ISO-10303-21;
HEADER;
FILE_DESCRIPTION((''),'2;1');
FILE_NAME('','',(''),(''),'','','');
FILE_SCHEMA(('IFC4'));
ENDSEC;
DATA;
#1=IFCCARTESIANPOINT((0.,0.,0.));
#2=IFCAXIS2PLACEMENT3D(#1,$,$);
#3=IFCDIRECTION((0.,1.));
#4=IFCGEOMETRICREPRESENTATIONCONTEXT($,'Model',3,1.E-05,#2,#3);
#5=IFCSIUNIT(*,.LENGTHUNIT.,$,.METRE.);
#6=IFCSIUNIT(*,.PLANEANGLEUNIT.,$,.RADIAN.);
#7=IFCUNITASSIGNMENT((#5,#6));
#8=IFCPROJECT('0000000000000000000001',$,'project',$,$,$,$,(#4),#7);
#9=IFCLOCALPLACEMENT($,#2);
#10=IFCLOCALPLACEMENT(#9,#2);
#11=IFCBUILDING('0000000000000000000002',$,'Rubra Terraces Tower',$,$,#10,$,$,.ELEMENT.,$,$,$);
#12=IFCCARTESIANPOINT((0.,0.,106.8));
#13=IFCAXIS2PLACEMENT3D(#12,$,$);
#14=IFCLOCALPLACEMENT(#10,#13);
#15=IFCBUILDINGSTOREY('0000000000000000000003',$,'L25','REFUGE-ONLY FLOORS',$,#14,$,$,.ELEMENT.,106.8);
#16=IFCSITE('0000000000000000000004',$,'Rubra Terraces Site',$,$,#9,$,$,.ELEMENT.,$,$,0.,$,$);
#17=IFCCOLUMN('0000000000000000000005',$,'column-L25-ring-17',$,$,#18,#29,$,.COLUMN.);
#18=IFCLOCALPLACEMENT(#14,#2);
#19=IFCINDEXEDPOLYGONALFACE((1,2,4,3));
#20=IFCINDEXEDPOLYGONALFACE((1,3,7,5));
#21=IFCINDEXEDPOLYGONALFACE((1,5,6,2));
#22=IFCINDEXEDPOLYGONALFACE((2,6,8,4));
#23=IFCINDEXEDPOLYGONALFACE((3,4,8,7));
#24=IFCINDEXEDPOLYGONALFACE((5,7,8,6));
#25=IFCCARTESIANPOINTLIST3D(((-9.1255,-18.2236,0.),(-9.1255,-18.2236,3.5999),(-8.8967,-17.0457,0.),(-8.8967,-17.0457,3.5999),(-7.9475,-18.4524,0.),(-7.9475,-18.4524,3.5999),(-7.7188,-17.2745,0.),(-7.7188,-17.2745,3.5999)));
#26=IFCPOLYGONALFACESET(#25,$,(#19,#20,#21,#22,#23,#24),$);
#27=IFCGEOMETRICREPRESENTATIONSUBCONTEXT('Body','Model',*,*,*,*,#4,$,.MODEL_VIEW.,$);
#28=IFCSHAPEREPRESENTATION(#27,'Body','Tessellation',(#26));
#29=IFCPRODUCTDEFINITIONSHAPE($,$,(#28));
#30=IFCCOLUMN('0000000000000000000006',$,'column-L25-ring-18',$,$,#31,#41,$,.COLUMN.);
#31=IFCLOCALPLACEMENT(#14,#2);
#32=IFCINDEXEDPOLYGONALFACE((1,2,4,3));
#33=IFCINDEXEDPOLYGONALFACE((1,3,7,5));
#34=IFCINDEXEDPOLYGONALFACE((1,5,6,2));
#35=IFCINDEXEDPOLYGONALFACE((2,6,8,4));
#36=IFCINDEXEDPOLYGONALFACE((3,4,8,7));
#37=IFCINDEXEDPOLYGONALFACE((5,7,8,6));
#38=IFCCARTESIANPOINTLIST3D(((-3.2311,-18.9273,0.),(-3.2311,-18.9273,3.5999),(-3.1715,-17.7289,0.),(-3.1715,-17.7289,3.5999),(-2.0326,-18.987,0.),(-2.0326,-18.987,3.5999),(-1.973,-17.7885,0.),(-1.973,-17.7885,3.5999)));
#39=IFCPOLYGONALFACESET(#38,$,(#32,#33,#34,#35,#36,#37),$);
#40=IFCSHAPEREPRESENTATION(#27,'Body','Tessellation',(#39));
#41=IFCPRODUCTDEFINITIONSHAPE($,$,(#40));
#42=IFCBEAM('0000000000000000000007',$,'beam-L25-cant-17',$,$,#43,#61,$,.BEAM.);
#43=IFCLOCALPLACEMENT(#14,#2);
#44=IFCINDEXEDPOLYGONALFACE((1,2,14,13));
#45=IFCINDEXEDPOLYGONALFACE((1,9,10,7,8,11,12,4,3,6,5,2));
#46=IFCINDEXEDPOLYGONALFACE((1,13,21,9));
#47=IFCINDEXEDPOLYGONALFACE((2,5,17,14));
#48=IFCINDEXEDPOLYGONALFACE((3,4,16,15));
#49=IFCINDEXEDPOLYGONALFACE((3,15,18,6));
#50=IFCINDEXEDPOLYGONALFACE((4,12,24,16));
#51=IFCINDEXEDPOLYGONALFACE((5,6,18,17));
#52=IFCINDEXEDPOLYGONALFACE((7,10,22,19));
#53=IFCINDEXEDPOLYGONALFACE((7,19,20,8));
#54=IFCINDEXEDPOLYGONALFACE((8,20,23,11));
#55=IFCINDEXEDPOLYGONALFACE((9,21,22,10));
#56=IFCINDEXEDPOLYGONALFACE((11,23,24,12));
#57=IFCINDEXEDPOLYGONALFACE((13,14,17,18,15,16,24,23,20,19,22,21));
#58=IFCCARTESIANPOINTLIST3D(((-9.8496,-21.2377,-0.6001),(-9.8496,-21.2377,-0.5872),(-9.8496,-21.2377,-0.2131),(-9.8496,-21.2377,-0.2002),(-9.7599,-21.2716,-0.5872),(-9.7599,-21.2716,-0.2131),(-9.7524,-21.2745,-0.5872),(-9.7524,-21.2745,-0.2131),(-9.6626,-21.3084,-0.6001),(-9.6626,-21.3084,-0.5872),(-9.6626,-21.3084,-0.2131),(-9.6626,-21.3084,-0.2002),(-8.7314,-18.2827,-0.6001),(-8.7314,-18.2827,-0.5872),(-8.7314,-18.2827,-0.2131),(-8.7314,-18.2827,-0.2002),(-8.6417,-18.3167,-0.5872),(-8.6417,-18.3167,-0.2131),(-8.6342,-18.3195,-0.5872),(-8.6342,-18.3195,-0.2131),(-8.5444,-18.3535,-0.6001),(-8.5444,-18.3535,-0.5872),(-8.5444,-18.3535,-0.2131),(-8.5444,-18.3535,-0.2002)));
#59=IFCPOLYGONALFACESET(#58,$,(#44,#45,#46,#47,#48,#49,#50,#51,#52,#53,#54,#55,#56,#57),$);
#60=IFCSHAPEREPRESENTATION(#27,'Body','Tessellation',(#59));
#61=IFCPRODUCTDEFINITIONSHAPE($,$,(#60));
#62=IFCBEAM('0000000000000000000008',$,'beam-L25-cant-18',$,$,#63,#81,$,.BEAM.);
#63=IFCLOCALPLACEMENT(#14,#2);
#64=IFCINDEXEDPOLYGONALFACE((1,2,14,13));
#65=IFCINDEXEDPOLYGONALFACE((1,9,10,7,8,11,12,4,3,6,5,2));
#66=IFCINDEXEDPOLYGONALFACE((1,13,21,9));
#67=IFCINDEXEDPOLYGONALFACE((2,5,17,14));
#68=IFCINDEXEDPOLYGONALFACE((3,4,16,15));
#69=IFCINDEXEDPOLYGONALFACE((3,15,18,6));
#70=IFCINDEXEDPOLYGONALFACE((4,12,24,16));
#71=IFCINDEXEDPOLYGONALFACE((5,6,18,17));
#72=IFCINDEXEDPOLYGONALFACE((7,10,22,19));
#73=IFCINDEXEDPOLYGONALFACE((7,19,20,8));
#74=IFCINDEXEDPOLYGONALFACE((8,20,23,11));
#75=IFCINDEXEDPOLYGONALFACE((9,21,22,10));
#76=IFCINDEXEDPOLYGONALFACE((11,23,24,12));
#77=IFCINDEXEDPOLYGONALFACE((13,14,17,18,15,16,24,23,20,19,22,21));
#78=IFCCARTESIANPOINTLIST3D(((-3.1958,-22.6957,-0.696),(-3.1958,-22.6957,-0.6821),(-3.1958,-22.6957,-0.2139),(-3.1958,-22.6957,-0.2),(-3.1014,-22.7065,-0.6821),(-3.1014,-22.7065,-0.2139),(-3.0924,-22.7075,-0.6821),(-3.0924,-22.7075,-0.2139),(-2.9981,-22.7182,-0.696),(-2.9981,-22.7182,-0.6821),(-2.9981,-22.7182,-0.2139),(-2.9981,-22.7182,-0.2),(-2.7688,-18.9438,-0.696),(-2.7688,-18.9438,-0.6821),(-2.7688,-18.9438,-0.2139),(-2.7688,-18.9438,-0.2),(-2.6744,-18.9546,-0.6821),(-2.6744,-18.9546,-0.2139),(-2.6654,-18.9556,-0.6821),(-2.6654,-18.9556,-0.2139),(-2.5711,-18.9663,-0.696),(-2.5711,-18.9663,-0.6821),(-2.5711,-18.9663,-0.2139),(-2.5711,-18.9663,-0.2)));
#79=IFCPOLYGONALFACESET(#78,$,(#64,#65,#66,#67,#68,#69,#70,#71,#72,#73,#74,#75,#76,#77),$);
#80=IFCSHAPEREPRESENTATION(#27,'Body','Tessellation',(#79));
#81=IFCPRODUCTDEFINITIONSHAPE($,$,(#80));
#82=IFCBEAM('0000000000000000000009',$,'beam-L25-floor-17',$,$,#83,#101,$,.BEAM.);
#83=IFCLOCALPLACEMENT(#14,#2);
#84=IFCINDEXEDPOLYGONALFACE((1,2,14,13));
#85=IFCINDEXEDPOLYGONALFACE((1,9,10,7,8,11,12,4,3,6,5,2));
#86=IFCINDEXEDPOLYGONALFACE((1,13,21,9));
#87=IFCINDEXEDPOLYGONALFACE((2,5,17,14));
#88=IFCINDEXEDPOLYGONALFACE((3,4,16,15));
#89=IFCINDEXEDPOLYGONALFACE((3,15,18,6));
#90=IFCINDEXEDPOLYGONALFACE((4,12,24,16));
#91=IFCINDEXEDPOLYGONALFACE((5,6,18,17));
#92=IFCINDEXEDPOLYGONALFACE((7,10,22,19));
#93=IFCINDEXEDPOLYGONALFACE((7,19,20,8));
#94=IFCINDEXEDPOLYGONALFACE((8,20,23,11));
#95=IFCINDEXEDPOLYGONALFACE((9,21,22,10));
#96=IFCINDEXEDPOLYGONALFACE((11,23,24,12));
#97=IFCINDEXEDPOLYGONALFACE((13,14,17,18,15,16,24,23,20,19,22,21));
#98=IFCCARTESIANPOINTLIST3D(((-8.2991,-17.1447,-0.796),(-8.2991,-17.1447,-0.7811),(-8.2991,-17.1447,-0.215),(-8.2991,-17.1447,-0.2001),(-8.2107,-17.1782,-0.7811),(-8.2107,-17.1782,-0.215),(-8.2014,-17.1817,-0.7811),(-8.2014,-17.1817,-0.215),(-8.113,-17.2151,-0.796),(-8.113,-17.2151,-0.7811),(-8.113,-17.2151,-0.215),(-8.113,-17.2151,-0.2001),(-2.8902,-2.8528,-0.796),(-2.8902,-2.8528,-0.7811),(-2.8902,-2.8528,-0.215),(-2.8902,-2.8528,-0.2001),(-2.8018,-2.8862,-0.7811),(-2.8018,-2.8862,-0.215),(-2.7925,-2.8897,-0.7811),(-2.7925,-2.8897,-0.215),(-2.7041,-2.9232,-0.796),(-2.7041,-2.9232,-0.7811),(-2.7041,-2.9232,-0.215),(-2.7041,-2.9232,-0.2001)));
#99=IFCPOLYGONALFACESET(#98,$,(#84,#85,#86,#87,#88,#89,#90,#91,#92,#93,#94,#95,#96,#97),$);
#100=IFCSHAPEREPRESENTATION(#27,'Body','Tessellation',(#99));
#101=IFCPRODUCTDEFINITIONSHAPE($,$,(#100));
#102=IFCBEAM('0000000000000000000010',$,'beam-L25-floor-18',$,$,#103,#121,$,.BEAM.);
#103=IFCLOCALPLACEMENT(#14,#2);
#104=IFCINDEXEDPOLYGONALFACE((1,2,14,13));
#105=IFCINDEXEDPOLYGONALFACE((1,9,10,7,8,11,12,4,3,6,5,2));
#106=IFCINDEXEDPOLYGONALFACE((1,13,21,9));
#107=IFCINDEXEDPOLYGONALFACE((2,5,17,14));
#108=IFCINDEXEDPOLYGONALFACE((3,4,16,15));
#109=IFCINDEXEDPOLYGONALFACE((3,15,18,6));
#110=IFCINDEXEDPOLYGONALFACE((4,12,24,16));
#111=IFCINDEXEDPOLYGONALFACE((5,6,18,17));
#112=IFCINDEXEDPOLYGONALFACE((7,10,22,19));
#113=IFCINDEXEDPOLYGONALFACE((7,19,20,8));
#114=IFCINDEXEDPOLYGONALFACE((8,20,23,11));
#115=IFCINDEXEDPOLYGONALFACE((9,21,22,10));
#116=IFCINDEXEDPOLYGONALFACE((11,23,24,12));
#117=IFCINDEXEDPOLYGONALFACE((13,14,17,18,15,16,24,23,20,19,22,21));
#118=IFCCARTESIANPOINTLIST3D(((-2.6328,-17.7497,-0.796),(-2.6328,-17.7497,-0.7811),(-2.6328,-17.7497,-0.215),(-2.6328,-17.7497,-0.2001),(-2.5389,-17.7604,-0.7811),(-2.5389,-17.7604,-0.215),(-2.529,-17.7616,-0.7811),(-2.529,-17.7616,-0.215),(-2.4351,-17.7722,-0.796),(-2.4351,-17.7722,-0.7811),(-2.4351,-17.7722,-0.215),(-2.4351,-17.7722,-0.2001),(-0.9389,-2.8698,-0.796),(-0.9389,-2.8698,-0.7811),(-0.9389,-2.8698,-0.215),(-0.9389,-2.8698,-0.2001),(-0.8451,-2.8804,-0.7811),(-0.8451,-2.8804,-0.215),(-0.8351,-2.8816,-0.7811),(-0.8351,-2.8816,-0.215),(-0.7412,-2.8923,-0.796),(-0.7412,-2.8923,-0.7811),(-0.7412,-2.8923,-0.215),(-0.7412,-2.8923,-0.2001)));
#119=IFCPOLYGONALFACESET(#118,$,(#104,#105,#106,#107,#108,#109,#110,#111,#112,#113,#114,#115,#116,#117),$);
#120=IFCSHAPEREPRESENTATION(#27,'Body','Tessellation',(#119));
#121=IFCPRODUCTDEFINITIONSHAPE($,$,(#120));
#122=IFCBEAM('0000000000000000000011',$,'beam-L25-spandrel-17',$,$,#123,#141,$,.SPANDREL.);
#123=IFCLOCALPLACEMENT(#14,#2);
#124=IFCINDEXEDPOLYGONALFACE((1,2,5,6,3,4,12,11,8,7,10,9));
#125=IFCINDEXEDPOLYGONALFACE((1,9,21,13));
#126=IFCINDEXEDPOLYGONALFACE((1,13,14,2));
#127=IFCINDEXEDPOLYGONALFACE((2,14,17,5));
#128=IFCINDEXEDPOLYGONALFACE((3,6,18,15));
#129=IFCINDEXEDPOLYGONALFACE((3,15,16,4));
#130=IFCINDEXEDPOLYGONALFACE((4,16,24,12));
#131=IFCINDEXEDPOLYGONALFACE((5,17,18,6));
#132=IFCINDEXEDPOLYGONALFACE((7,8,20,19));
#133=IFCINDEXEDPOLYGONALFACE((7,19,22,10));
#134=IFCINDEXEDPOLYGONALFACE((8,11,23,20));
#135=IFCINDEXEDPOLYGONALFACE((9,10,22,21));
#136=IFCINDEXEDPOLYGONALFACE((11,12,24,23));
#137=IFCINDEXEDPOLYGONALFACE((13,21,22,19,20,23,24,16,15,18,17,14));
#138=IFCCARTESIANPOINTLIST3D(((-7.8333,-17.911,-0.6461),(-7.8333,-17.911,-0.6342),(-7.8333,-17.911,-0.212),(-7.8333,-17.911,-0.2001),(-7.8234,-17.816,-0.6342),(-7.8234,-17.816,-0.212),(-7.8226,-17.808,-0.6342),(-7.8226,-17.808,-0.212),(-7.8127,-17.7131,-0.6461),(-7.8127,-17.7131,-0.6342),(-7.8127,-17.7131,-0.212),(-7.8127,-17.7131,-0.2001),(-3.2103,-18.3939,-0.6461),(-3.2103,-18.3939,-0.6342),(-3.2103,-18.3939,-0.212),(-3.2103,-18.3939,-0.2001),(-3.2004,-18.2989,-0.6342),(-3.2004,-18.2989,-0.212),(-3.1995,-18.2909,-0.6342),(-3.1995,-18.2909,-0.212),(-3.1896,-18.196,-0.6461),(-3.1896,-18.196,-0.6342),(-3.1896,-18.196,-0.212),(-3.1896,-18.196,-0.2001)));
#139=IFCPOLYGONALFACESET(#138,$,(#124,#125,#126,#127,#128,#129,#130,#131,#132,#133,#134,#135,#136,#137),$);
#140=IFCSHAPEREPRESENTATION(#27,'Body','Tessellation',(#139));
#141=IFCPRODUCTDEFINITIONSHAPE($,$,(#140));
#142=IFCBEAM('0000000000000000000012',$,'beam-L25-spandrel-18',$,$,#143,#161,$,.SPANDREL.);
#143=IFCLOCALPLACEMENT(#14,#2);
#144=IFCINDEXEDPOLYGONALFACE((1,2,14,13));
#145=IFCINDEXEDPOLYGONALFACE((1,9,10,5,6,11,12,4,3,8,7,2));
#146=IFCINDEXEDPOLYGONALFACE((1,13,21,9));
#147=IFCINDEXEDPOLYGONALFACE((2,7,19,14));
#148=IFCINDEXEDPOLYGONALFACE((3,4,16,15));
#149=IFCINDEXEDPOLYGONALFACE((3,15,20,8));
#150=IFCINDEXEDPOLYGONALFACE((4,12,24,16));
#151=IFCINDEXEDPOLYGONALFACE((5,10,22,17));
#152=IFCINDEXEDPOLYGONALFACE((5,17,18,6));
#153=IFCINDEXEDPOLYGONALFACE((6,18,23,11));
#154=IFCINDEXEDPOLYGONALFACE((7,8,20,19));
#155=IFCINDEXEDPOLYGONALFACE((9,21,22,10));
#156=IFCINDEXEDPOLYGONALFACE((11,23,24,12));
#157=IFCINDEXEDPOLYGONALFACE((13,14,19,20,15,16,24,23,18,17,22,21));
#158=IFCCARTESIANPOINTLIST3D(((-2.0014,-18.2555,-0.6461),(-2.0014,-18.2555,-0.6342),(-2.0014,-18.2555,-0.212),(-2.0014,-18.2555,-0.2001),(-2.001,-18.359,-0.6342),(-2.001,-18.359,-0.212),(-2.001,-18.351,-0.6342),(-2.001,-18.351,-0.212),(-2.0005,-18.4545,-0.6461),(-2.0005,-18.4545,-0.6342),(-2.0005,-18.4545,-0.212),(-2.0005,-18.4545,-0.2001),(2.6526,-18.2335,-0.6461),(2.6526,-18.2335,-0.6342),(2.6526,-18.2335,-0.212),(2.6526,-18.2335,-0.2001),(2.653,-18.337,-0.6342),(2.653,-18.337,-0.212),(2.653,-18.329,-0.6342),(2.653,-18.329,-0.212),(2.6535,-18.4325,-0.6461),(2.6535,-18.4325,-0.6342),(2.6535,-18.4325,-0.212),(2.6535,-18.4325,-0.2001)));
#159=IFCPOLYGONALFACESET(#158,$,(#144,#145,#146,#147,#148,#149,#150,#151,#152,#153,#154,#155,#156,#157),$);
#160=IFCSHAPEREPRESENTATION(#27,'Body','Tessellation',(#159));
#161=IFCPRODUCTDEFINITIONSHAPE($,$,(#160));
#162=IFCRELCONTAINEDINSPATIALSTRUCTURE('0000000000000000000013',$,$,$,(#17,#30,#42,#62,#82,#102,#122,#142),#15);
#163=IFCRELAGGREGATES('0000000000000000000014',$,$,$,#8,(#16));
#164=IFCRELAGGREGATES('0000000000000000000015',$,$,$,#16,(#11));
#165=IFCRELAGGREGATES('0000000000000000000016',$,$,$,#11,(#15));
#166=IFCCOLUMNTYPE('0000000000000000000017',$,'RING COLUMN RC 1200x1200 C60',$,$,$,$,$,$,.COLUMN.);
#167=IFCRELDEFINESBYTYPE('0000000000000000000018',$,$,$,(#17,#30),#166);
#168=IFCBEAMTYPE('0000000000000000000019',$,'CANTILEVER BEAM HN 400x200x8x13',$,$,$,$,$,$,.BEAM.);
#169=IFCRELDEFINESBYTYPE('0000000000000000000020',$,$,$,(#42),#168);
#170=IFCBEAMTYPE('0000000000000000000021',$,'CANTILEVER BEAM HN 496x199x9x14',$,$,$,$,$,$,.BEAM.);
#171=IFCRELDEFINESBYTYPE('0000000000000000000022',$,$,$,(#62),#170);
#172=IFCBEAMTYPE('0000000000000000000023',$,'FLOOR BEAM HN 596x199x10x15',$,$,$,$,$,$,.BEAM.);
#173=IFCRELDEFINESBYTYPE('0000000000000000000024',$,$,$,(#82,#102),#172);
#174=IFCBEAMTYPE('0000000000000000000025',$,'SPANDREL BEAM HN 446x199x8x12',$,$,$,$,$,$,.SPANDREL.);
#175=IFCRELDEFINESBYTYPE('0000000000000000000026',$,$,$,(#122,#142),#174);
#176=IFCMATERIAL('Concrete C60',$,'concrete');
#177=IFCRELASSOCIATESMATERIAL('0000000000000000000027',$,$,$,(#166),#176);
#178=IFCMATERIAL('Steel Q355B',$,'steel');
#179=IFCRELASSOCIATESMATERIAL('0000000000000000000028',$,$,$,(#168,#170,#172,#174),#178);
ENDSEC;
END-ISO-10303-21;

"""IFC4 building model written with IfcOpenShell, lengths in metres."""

from ifc_helpers import new_model, si_unit, direction, frame, origin, origin_2d, place, context, subcontext, project, spatial, rectangle, i_section, extrude, material, material_profile, profile_set, type_object, element, save


model = new_model("IFC4")

# Units and contexts
model_context = context("Model", 3, precision=1e-05, world=origin(), true_north=direction((0.0, 1.0)))
body_context = subcontext(model_context, "Body", "Model", "MODEL_VIEW")
ifc_project = project(units=[si_unit("LENGTHUNIT", "METRE"), si_unit("PLANEANGLEUNIT", "RADIAN")], contexts=[model_context])

# Site, building, storey
site_placement = place(None, origin())
site = spatial("IfcSite", under=ifc_project, at=site_placement, Name="Rubra Terraces Site", CompositionType="ELEMENT", RefElevation=0.0)
building_placement = place(site_placement, origin())
building = spatial("IfcBuilding", under=site, at=building_placement, Name="Rubra Terraces Tower", CompositionType="ELEMENT")
storey_placement = place(building_placement, frame((0.0, 0.0, 106.8)))
storey = spatial("IfcBuildingStorey", under=building, at=storey_placement, Name="L25", Description="REFUGE-ONLY FLOORS", CompositionType="ELEMENT", Elevation=106.8)

# Columns
ifc_material_1 = material(Name="Concrete C60", Category="concrete")
ifc_material_profile_1 = material_profile(ifc_material_1, rectangle(XDim=1.2, YDim=1.2, at=origin_2d()), Name="RC 1200x1200")
ifc_profile_set_1 = profile_set([ifc_material_profile_1], Name="Concrete C60")
column_type = type_object("IfcColumnType", Name="RING COLUMN RC 1200x1200 C60", PredefinedType="COLUMN", material=ifc_profile_set_1)
for number, where, z_axis, x_axis, name in (
    (1, (-8.4221, -17.749, 0.0), (0.0, 0.0, 1.0), (0.981655, -0.190668, 0.0), "column-L25-ring-17"),
    (2, (-2.6021, -18.3579, 0.0), (0.0, 0.0, 1.0), (0.998764, -0.049699, 0.0), "column-L25-ring-18"),
):
    element("IfcColumn", number, at=place(storey_placement, frame(where, z_axis=z_axis, x_axis=x_axis)), inside=storey, type_object=column_type, Name=name, PredefinedType="COLUMN", context=body_context, shape_type="SweptSolid", body=[
        extrude(rectangle(XDim=1.2, YDim=1.2, at=origin_2d()), origin(), (0.0, 0.0, 1.0), 3.5999),
    ])

# Beams
ifc_material_2 = material(Name="Steel Q355B", Category="steel")
ifc_material_profile_2 = material_profile(ifc_material_2, i_section(OverallWidth=0.2, OverallDepth=0.3999, WebThickness=0.0081, FlangeThickness=0.0129, at=origin_2d()), Name="HN 400x200x8x13")
ifc_profile_set_2 = profile_set([ifc_material_profile_2], Name="Steel Q355B")
beam_type_1 = type_object("IfcBeamType", Name="CANTILEVER BEAM HN 400x200x8x13", PredefinedType="BEAM", material=ifc_profile_set_2)
beam_1_placement = place(storey_placement, frame((-8.6379, -18.3181, -0.4001), z_axis=(-0.353925, -0.935274, 0.0), x_axis=(0.935274, -0.353925, 0.0)))
element("IfcBeam", 3, at=beam_1_placement, inside=storey, type_object=beam_type_1, Name="beam-L25-cant-17", PredefinedType="BEAM", context=body_context, shape_type="SweptSolid", body=[
    extrude(i_section(OverallWidth=0.2, OverallDepth=0.3999, WebThickness=0.0081, FlangeThickness=0.0129, at=origin_2d()), origin(), (0.0, 0.0, 1.0), 3.1594),
])
ifc_material_profile_3 = material_profile(ifc_material_2, i_section(OverallWidth=0.199, OverallDepth=0.4961, WebThickness=0.009, FlangeThickness=0.0139, at=origin_2d()), Name="HN 496x199x9x14")
ifc_profile_set_3 = profile_set([ifc_material_profile_3], Name="Steel Q355B")
beam_type_2 = type_object("IfcBeamType", Name="CANTILEVER BEAM HN 496x199x9x14", PredefinedType="BEAM", material=ifc_profile_set_3)
beam_2_placement = place(storey_placement, frame((-2.6699, -18.9551, -0.448), z_axis=(-0.113078, -0.993586, 0.0), x_axis=(0.993586, -0.113078, 0.0)))
element("IfcBeam", 4, at=beam_2_placement, inside=storey, type_object=beam_type_2, Name="beam-L25-cant-18", PredefinedType="BEAM", context=body_context, shape_type="SweptSolid", body=[
    extrude(i_section(OverallWidth=0.199, OverallDepth=0.4961, WebThickness=0.009, FlangeThickness=0.0139, at=origin_2d()), origin(), (0.0, 0.0, 1.0), 3.7761),
])
ifc_material_profile_4 = material_profile(ifc_material_2, i_section(OverallWidth=0.199, OverallDepth=0.5959, WebThickness=0.01, FlangeThickness=0.0149, at=origin_2d()), Name="HN 596x199x10x15")
ifc_profile_set_4 = profile_set([ifc_material_profile_4], Name="Steel Q355B")
beam_type_3 = type_object("IfcBeamType", Name="FLOOR BEAM HN 596x199x10x15", PredefinedType="BEAM", material=ifc_profile_set_4)
beam_3_placement = place(storey_placement, frame((-8.2061, -17.1799, -0.498), z_axis=(0.353958, 0.935261, 0.0), x_axis=(-0.935261, 0.353958, 0.0)))
element("IfcBeam", 5, at=beam_3_placement, inside=storey, type_object=beam_type_3, Name="beam-L25-floor-17", PredefinedType="BEAM", context=body_context, shape_type="SweptSolid", body=[
    extrude(i_section(OverallWidth=0.199, OverallDepth=0.5959, WebThickness=0.01, FlangeThickness=0.0149, at=origin_2d()), origin(), (0.0, 0.0, 1.0), 15.2812),
])
beam_4_placement = place(storey_placement, frame((-2.5339, -17.761, -0.498), z_axis=(0.113104, 0.993583, 0.0), x_axis=(-0.993583, 0.113104, 0.0)))
element("IfcBeam", 6, at=beam_4_placement, inside=storey, type_object=beam_type_3, Name="beam-L25-floor-18", PredefinedType="BEAM", context=body_context, shape_type="SweptSolid", body=[
    extrude(i_section(OverallWidth=0.199, OverallDepth=0.5959, WebThickness=0.01, FlangeThickness=0.0149, at=origin_2d()), origin(), (0.0, 0.0, 1.0), 14.9761),
])
ifc_material_profile_5 = material_profile(ifc_material_2, i_section(OverallWidth=0.199, OverallDepth=0.446, WebThickness=0.0081, FlangeThickness=0.012, at=origin_2d()), Name="HN 446x199x8x12")
ifc_profile_set_5 = profile_set([ifc_material_profile_5], Name="Steel Q355B")
beam_type_4 = type_object("IfcBeamType", Name="SPANDREL BEAM HN 446x199x8x12", PredefinedType="SPANDREL", material=ifc_profile_set_5)
beam_5_placement = place(storey_placement, frame((-7.823, -17.812, -0.4231), z_axis=(0.994589, -0.103892, 0.0), x_axis=(0.103892, 0.994589, 0.0)))
element("IfcBeam", 7, at=beam_5_placement, inside=storey, type_object=beam_type_4, Name="beam-L25-spandrel-17", PredefinedType="SPANDREL", context=body_context, shape_type="SweptSolid", body=[
    extrude(i_section(OverallWidth=0.199, OverallDepth=0.446, WebThickness=0.0081, FlangeThickness=0.012, at=origin_2d()), origin(), (0.0, 0.0, 1.0), 4.6482),
])
beam_6_placement = place(storey_placement, frame((-2.001, -18.355, -0.4231), z_axis=(0.999989, 0.004721, 0.0), x_axis=(-0.004721, 0.999989, 0.0)))
element("IfcBeam", 8, at=beam_6_placement, inside=storey, type_object=beam_type_4, Name="beam-L25-spandrel-18", PredefinedType="SPANDREL", context=body_context, shape_type="SweptSolid", body=[
    extrude(i_section(OverallWidth=0.199, OverallDepth=0.446, WebThickness=0.0081, FlangeThickness=0.012, at=origin_2d()), origin(), (0.0, 0.0, 1.0), 4.6541),
])

save(model, "model.ifc")
